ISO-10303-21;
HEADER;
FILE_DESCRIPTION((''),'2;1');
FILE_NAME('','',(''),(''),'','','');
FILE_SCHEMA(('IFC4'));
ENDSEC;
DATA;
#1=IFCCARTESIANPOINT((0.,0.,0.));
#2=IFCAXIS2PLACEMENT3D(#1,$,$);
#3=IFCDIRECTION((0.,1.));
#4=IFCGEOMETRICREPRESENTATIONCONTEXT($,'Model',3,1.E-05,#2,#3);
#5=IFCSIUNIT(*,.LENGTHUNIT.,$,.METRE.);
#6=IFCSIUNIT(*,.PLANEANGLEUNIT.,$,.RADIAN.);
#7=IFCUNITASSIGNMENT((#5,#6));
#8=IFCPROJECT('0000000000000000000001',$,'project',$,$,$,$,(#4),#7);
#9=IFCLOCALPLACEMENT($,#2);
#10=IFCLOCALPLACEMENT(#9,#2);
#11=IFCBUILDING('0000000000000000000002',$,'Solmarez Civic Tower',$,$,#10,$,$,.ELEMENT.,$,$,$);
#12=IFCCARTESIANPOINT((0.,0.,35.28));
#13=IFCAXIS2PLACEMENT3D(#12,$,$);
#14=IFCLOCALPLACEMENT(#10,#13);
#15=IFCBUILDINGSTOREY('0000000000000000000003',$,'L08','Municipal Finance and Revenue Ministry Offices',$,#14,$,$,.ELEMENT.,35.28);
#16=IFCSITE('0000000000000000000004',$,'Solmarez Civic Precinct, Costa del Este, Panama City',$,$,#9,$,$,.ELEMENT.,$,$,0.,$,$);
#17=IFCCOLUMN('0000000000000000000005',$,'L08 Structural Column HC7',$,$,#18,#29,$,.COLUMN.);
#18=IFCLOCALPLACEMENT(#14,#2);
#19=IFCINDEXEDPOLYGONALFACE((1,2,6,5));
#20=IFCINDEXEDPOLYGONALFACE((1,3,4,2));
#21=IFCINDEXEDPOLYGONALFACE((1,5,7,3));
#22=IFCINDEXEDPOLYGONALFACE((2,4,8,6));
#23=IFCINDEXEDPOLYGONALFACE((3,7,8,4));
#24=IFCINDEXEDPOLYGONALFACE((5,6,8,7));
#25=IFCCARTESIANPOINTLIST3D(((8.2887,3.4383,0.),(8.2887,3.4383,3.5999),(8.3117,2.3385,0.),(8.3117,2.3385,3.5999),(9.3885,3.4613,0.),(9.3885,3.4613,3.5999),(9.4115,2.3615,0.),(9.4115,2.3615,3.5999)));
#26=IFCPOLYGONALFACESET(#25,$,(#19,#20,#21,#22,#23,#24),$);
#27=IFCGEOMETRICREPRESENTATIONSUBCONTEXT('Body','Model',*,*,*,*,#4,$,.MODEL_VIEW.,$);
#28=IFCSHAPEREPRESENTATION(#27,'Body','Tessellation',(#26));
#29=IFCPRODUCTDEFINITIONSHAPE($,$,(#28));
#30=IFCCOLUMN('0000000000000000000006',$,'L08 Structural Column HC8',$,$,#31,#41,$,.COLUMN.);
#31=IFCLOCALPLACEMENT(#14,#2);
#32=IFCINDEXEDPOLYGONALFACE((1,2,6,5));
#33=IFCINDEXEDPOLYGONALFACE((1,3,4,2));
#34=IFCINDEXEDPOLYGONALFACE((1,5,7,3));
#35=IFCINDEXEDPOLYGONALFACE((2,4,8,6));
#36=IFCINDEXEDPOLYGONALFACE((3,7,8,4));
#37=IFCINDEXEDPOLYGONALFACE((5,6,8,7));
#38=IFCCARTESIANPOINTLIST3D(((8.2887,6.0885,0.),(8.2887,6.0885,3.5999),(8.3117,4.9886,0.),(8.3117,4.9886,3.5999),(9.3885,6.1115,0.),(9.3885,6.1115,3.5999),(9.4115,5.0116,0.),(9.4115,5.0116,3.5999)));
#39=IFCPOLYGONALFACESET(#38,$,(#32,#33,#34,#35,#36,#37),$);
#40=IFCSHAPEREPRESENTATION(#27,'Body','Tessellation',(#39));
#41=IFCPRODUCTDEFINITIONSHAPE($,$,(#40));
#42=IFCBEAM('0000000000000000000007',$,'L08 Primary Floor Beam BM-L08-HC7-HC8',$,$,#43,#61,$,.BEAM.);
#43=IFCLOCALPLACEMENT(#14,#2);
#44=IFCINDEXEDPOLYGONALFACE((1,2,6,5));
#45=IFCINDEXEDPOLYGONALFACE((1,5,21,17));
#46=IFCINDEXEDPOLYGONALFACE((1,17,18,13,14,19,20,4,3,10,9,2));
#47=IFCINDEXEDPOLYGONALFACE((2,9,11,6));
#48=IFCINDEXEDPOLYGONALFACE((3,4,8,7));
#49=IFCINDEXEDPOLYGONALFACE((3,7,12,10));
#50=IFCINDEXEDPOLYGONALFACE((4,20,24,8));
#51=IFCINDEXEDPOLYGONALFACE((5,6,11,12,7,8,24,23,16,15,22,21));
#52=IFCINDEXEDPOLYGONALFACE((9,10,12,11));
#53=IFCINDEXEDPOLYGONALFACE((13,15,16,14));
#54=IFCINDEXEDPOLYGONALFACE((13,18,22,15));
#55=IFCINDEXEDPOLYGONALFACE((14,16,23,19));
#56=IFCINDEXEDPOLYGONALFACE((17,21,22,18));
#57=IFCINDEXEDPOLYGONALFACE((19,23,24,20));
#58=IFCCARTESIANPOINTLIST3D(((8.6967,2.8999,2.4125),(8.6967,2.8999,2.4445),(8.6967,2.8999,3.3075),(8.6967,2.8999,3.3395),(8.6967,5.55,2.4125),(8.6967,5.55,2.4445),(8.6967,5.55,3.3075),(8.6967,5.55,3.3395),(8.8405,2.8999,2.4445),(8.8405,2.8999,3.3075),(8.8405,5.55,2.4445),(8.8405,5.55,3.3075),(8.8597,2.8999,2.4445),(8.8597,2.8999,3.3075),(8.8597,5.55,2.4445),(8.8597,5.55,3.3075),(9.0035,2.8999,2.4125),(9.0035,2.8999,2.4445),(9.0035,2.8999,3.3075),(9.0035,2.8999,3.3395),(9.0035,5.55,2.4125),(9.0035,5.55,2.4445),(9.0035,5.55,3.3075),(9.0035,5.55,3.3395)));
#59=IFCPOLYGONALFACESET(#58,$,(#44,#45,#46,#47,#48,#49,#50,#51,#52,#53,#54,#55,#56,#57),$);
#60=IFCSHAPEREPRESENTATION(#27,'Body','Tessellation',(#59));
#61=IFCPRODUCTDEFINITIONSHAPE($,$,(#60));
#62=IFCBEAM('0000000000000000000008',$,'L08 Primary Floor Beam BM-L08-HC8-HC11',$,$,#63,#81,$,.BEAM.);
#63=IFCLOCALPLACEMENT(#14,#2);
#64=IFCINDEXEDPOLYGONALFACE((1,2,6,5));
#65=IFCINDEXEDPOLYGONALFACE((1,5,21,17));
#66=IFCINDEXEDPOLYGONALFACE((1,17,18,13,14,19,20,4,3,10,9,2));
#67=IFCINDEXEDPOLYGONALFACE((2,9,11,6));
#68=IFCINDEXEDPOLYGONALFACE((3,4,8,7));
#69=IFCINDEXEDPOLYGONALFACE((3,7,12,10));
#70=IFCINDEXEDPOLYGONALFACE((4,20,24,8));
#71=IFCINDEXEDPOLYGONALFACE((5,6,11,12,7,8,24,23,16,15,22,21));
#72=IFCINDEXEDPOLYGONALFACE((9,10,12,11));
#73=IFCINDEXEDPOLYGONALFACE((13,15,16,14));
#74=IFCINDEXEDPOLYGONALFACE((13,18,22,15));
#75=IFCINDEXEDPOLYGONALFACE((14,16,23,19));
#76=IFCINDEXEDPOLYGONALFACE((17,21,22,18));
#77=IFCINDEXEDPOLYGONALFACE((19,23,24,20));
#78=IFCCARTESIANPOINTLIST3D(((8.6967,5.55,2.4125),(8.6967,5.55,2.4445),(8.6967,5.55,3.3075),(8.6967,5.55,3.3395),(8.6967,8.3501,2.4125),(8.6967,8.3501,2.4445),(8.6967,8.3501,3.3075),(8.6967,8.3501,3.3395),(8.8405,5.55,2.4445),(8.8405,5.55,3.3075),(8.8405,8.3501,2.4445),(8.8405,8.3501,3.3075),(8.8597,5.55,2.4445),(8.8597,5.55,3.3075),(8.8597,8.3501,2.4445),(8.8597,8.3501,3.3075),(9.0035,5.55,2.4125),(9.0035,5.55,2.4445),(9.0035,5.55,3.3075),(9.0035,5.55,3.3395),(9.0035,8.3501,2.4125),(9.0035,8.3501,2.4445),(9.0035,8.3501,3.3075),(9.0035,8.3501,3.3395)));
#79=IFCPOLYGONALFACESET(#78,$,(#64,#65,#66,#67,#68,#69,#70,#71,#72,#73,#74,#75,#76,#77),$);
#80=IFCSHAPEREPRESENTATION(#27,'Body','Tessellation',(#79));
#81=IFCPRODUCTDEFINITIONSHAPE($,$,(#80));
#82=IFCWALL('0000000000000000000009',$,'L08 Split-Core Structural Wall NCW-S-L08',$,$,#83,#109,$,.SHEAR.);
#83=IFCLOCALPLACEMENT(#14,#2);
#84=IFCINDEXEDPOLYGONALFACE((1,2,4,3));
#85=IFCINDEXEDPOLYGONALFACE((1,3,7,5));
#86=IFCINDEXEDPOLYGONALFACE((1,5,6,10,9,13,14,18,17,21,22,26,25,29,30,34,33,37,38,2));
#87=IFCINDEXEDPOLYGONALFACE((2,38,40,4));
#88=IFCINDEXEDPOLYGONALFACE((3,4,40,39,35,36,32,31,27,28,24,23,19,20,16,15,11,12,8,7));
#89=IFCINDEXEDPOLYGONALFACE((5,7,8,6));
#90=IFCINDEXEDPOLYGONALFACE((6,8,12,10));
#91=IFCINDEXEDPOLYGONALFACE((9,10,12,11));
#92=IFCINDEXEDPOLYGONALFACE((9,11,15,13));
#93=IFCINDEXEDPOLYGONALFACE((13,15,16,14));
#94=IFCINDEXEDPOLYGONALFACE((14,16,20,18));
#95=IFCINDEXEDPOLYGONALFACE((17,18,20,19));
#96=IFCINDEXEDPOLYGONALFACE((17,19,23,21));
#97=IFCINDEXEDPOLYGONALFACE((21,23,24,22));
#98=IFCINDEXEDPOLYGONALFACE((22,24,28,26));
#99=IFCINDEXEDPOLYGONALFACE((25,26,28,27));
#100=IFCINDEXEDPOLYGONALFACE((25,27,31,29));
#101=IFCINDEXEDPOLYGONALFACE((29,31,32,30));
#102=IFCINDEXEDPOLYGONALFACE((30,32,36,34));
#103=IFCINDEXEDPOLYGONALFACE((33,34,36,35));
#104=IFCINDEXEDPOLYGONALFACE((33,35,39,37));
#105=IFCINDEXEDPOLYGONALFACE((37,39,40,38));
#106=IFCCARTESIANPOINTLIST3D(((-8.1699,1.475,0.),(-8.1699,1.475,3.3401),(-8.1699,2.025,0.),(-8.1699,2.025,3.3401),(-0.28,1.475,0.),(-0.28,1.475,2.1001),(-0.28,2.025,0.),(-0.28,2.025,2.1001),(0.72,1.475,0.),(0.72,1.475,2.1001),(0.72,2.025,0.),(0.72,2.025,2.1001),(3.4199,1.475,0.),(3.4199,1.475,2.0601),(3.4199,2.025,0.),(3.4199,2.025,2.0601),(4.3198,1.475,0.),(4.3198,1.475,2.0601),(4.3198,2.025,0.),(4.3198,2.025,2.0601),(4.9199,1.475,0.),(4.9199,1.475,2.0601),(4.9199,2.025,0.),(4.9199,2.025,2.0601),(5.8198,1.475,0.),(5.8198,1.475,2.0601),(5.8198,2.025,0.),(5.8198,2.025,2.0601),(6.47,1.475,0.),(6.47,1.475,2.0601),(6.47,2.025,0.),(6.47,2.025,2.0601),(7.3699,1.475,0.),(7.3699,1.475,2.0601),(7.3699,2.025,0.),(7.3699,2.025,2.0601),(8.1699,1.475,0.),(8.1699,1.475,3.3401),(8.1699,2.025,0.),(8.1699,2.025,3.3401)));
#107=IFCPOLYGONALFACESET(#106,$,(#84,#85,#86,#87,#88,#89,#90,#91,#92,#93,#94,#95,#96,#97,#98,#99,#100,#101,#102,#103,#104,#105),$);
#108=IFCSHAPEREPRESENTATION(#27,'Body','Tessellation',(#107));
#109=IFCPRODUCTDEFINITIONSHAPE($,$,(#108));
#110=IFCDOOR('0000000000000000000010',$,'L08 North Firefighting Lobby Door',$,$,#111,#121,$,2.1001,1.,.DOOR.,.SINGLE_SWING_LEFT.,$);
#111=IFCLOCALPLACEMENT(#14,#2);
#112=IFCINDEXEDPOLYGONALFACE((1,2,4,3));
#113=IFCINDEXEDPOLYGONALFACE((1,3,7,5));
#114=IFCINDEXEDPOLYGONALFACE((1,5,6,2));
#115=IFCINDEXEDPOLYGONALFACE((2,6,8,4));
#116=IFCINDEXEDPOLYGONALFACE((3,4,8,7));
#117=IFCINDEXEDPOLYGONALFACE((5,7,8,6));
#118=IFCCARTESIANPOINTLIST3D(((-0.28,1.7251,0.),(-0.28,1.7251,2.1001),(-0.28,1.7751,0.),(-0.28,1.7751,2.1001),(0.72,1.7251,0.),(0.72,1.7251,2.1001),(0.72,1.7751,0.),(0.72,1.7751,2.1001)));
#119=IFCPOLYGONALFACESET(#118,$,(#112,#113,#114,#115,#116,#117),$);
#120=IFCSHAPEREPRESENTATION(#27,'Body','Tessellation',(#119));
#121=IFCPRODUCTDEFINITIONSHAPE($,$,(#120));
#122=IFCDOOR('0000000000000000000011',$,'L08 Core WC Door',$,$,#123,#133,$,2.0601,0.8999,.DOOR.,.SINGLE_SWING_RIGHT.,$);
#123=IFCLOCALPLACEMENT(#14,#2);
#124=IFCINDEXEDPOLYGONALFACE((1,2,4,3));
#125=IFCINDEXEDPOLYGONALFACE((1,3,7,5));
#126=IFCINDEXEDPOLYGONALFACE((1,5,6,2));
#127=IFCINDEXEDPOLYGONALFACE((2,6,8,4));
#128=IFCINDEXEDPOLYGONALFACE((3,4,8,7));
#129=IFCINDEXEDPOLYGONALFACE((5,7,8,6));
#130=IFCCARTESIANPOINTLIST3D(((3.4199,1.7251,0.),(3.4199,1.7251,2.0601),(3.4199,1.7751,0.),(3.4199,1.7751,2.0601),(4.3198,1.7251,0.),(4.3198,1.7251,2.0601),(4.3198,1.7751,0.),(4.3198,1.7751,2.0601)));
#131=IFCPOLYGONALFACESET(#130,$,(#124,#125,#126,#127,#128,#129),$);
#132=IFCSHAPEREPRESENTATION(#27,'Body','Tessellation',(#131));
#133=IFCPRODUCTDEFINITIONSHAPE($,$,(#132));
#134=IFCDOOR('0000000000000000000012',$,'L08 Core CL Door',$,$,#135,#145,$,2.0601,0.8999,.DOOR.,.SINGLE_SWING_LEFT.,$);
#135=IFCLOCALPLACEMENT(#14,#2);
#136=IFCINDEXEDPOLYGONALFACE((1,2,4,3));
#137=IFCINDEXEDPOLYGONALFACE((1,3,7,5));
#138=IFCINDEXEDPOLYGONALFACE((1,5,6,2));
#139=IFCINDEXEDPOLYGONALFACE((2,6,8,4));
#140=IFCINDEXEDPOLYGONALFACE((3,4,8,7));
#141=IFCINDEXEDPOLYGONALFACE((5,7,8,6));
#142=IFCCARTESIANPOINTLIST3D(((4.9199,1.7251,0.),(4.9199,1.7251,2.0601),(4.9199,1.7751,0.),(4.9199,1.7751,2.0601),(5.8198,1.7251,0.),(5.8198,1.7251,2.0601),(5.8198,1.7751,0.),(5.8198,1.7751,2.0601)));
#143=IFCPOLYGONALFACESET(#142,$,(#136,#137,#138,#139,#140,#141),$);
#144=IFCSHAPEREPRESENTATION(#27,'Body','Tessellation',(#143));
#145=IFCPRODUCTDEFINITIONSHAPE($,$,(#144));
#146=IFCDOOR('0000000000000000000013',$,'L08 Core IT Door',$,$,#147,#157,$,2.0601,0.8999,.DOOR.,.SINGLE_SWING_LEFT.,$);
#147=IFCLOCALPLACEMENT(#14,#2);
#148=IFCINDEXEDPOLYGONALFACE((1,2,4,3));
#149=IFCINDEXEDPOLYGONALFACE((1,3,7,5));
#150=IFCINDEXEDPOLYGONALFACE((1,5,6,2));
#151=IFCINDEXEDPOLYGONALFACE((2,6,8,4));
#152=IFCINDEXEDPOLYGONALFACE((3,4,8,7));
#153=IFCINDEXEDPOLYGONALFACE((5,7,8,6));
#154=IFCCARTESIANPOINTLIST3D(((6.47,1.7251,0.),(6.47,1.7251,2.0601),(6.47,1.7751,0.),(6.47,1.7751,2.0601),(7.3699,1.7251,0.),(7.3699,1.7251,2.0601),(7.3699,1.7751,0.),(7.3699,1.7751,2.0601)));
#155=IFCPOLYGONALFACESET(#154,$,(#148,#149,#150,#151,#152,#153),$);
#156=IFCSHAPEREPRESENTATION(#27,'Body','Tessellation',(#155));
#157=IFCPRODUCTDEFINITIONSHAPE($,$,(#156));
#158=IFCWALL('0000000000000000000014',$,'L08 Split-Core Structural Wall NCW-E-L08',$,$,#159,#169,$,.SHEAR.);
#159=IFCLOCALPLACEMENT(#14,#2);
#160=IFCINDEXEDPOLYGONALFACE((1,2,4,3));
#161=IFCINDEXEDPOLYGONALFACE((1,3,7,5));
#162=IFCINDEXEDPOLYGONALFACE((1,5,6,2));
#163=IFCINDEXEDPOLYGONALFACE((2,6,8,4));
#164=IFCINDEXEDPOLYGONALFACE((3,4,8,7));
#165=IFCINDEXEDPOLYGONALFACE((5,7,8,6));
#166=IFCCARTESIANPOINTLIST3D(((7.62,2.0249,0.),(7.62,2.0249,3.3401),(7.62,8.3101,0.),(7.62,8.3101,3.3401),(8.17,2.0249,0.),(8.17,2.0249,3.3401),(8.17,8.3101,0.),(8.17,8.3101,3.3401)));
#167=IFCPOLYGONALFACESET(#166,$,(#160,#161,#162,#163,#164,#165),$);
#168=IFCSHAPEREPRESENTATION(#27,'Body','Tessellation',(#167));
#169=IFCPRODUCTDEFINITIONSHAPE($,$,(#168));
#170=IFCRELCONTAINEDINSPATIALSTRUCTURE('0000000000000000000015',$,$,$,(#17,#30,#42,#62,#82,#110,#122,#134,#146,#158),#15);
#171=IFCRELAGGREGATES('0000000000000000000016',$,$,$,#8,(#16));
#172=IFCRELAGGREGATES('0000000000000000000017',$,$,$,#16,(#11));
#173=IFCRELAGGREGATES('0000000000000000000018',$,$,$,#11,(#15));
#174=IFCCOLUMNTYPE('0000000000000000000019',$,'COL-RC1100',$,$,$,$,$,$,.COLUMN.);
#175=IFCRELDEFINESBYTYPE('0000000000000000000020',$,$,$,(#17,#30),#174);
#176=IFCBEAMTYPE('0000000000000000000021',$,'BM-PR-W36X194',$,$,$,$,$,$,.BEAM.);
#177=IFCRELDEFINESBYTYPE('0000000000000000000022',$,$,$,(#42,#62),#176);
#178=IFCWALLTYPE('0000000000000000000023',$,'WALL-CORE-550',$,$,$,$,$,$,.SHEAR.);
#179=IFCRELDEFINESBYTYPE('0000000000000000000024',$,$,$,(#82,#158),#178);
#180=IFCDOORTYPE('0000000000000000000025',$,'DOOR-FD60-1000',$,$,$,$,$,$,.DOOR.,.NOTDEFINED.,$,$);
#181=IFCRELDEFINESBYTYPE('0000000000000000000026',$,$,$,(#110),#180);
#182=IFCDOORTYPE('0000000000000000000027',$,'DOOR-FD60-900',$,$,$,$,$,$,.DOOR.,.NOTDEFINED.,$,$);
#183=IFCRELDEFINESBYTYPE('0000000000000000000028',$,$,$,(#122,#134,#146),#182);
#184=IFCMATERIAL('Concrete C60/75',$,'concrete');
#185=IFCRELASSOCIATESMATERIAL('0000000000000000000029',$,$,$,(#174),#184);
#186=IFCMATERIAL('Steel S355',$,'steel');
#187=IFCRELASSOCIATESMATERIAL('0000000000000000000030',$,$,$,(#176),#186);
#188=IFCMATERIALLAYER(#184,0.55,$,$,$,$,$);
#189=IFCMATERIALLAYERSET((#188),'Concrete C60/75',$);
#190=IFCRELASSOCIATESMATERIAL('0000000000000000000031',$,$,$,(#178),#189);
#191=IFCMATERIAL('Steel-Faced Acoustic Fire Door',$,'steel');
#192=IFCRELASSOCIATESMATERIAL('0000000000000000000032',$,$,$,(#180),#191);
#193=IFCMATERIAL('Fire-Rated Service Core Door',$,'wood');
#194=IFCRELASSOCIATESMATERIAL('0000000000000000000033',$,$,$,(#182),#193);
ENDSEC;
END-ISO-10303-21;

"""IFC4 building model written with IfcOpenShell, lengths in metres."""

from ifc_helpers import new_model, si_unit, direction, frame, frame_2d, origin, origin_2d, place, context, subcontext, project, spatial, rectangle, i_section, extrude, material, layer, layer_set, material_profile, profile_set, type_object, element, fill, save


model = new_model("IFC4")

# Units and contexts
model_context = context("Model", 3, precision=1e-05, world=origin(), true_north=direction((0.0, 1.0)))
body_context = subcontext(model_context, "Body", "Model", "MODEL_VIEW")
ifc_project = project(units=[si_unit("LENGTHUNIT", "METRE"), si_unit("PLANEANGLEUNIT", "RADIAN")], contexts=[model_context])

# Site, building, storey
site_placement = place(None, origin())
site = spatial("IfcSite", under=ifc_project, at=site_placement, Name="Solmarez Civic Precinct, Costa del Este, Panama City", CompositionType="ELEMENT", RefElevation=0.0)
building_placement = place(site_placement, origin())
building = spatial("IfcBuilding", under=site, at=building_placement, Name="Solmarez Civic Tower", CompositionType="ELEMENT")
storey_placement = place(building_placement, frame((0.0, 0.0, 35.28)))
storey = spatial("IfcBuildingStorey", under=building, at=storey_placement, Name="L08", Description="Municipal Finance and Revenue Ministry Offices", CompositionType="ELEMENT", Elevation=35.28)

# Columns
ifc_material_1 = material(Name="Concrete C60/75", Category="concrete")
ifc_material_profile_1 = material_profile(ifc_material_1, rectangle(XDim=1.1001, YDim=1.1001, at=origin_2d()), Name="RC1100X1100")
ifc_profile_set_1 = profile_set([ifc_material_profile_1], Name="Concrete C60/75")
column_type = type_object("IfcColumnType", Name="COL-RC1100", PredefinedType="COLUMN", material=ifc_profile_set_1)
for number, where, z_axis, x_axis, name in (
    (1, (8.8501, 2.8999, 0.0), (0.0, 0.0, 1.0), (0.999781, 0.020942, 0.0), "L08 Structural Column HC7"),
    (2, (8.8501, 5.55, 0.0), (0.0, 0.0, 1.0), (0.999781, 0.020942, 0.0), "L08 Structural Column HC8"),
):
    element("IfcColumn", number, at=place(storey_placement, frame(where, z_axis=z_axis, x_axis=x_axis)), inside=storey, type_object=column_type, Name=name, PredefinedType="COLUMN", context=body_context, shape_type="SweptSolid", body=[
        extrude(rectangle(XDim=1.1001, YDim=1.1001, at=origin_2d()), origin(), (0.0, 0.0, 1.0), 3.5999),
    ])

# Beams
ifc_material_2 = material(Name="Steel S355", Category="steel")
ifc_material_profile_2 = material_profile(ifc_material_2, i_section(OverallWidth=0.3069, OverallDepth=0.927, WebThickness=0.0193, FlangeThickness=0.032, at=origin_2d()), Name="W36X194")
ifc_profile_set_2 = profile_set([ifc_material_profile_2], Name="Steel S355")
beam_type = type_object("IfcBeamType", Name="BM-PR-W36X194", PredefinedType="BEAM", material=ifc_profile_set_2)
beam_1_placement = place(storey_placement, frame((8.8501, 2.8999, 2.876), z_axis=(0.0, 1.0, 0.0), x_axis=(-1.0, 0.0, 0.0)))
element("IfcBeam", 3, at=beam_1_placement, inside=storey, type_object=beam_type, Name="L08 Primary Floor Beam BM-L08-HC7-HC8", PredefinedType="BEAM", context=body_context, shape_type="SweptSolid", body=[
    extrude(i_section(OverallWidth=0.3069, OverallDepth=0.927, WebThickness=0.0193, FlangeThickness=0.032, at=origin_2d()), origin(), (0.0, 0.0, 1.0), 2.6501),
])
beam_2_placement = place(storey_placement, frame((8.8501, 5.55, 2.876), z_axis=(0.0, 1.0, 0.0), x_axis=(-1.0, 0.0, 0.0)))
element("IfcBeam", 4, at=beam_2_placement, inside=storey, type_object=beam_type, Name="L08 Primary Floor Beam BM-L08-HC8-HC11", PredefinedType="BEAM", context=body_context, shape_type="SweptSolid", body=[
    extrude(i_section(OverallWidth=0.3069, OverallDepth=0.927, WebThickness=0.0193, FlangeThickness=0.032, at=origin_2d()), origin(), (0.0, 0.0, 1.0), 2.8),
])

# Wall, openings, doors
ifc_layer_1 = layer(ifc_material_1, 0.55)
ifc_layer_set_1 = layer_set([ifc_layer_1], Name="Concrete C60/75")
wall_type_1 = type_object("IfcWallType", Name="WALL-CORE-550", PredefinedType="SHEAR", material=ifc_layer_set_1)
wall_1_placement = place(storey_placement, frame((8.1699, 1.75, 0.0), z_axis=(0.0, 0.0, 1.0), x_axis=(-1.0, 0.0, 0.0)))
wall_1 = element("IfcWall", 5, at=wall_1_placement, inside=storey, type_object=wall_type_1, Name="L08 Split-Core Structural Wall NCW-S-L08", PredefinedType="SHEAR", context=body_context, shape_type="SweptSolid", body=[
    extrude(rectangle(XDim=16.3398, YDim=0.55, at=frame_2d((8.1699, 0.0))), origin(), (0.0, 0.0, 1.0), 3.3401),
])
opening_1_placement = place(wall_1_placement, frame((7.45, 0.0, 0.0)))
opening_1 = element("IfcOpeningElement", 6, at=opening_1_placement, cuts=wall_1, PredefinedType="OPENING", context=body_context, shape_type="SweptSolid", body=[
    extrude(rectangle(XDim=1.0, YDim=2.1001, at=frame_2d((0.5, 1.05))), frame((0.0, 0.2849, 0.0), z_axis=(0.0, -1.0, 0.0), x_axis=(1.0, 0.0, 0.0)), (0.0, 0.0, 1.0), 0.5701),
])
opening_2_placement = place(wall_1_placement, frame((3.8501, 0.0, 0.0)))
opening_2 = element("IfcOpeningElement", 7, at=opening_2_placement, cuts=wall_1, PredefinedType="OPENING", context=body_context, shape_type="SweptSolid", body=[
    extrude(rectangle(XDim=0.8999, YDim=2.0601, at=frame_2d((0.45, 1.03))), frame((0.0, 0.2849, 0.0), z_axis=(0.0, -1.0, 0.0), x_axis=(1.0, 0.0, 0.0)), (0.0, 0.0, 1.0), 0.5701),
])
opening_3_placement = place(wall_1_placement, frame((2.3501, 0.0, 0.0)))
opening_3 = element("IfcOpeningElement", 8, at=opening_3_placement, cuts=wall_1, PredefinedType="OPENING", context=body_context, shape_type="SweptSolid", body=[
    extrude(rectangle(XDim=0.8999, YDim=2.0601, at=frame_2d((0.45, 1.03))), frame((0.0, 0.2849, 0.0), z_axis=(0.0, -1.0, 0.0), x_axis=(1.0, 0.0, 0.0)), (0.0, 0.0, 1.0), 0.5701),
])
opening_4_placement = place(wall_1_placement, frame((0.8, 0.0, 0.0)))
opening_4 = element("IfcOpeningElement", 9, at=opening_4_placement, cuts=wall_1, PredefinedType="OPENING", context=body_context, shape_type="SweptSolid", body=[
    extrude(rectangle(XDim=0.8999, YDim=2.0601, at=frame_2d((0.45, 1.03))), frame((0.0, 0.2849, 0.0), z_axis=(0.0, -1.0, 0.0), x_axis=(1.0, 0.0, 0.0)), (0.0, 0.0, 1.0), 0.5701),
])
ifc_material_3 = material(Name="Steel-Faced Acoustic Fire Door", Category="steel")
door_type_1 = type_object("IfcDoorType", Name="DOOR-FD60-1000", OperationType="NOTDEFINED", PredefinedType="DOOR", material=ifc_material_3)
door_1_placement = place(opening_1_placement, origin())
door_1 = element("IfcDoor", 10, at=door_1_placement, inside=storey, type_object=door_type_1, Name="L08 North Firefighting Lobby Door", OperationType="SINGLE_SWING_LEFT", OverallHeight=2.1001, OverallWidth=1.0, PredefinedType="DOOR", context=body_context, shape_type="SweptSolid", body=[
    extrude(rectangle(XDim=1.0, YDim=2.1001, at=frame_2d((0.5, 1.05))), frame((0.0, 0.0249, 0.0), z_axis=(0.0, -1.0, 0.0), x_axis=(1.0, 0.0, 0.0)), (0.0, 0.0, 1.0), 0.05),
])
fill(opening_1, door_1)
ifc_material_4 = material(Name="Fire-Rated Service Core Door", Category="wood")
door_type_2 = type_object("IfcDoorType", Name="DOOR-FD60-900", OperationType="NOTDEFINED", PredefinedType="DOOR", material=ifc_material_4)
door_2_placement = place(opening_2_placement, origin())
door_2 = element("IfcDoor", 11, at=door_2_placement, inside=storey, type_object=door_type_2, Name="L08 Core WC Door", OperationType="SINGLE_SWING_RIGHT", OverallHeight=2.0601, OverallWidth=0.8999, PredefinedType="DOOR", context=body_context, shape_type="SweptSolid", body=[
    extrude(rectangle(XDim=0.8999, YDim=2.0601, at=frame_2d((0.45, 1.03))), frame((0.0, 0.0249, 0.0), z_axis=(0.0, -1.0, 0.0), x_axis=(1.0, 0.0, 0.0)), (0.0, 0.0, 1.0), 0.05),
])
fill(opening_2, door_2)
door_3_placement = place(opening_3_placement, origin())
door_3 = element("IfcDoor", 12, at=door_3_placement, inside=storey, type_object=door_type_2, Name="L08 Core CL Door", OperationType="SINGLE_SWING_LEFT", OverallHeight=2.0601, OverallWidth=0.8999, PredefinedType="DOOR", context=body_context, shape_type="SweptSolid", body=[
    extrude(rectangle(XDim=0.8999, YDim=2.0601, at=frame_2d((0.45, 1.03))), frame((0.0, 0.0249, 0.0), z_axis=(0.0, -1.0, 0.0), x_axis=(1.0, 0.0, 0.0)), (0.0, 0.0, 1.0), 0.05),
])
fill(opening_3, door_3)
door_4_placement = place(opening_4_placement, origin())
door_4 = element("IfcDoor", 13, at=door_4_placement, inside=storey, type_object=door_type_2, Name="L08 Core IT Door", OperationType="SINGLE_SWING_LEFT", OverallHeight=2.0601, OverallWidth=0.8999, PredefinedType="DOOR", context=body_context, shape_type="SweptSolid", body=[
    extrude(rectangle(XDim=0.8999, YDim=2.0601, at=frame_2d((0.45, 1.03))), frame((0.0, 0.0249, 0.0), z_axis=(0.0, -1.0, 0.0), x_axis=(1.0, 0.0, 0.0)), (0.0, 0.0, 1.0), 0.05),
])
fill(opening_4, door_4)

# Wall
wall_2_placement = place(storey_placement, frame((7.895, 8.3101, 0.0), z_axis=(0.0, 0.0, 1.0), x_axis=(0.0, -1.0, 0.0)))
element("IfcWall", 14, at=wall_2_placement, inside=storey, type_object=wall_type_1, Name="L08 Split-Core Structural Wall NCW-E-L08", PredefinedType="SHEAR", context=body_context, shape_type="SweptSolid", body=[
    extrude(rectangle(XDim=6.2852, YDim=0.55, at=frame_2d((3.1426, 0.0))), origin(), (0.0, 0.0, 1.0), 3.3401),
])

save(model, "model.ifc")
